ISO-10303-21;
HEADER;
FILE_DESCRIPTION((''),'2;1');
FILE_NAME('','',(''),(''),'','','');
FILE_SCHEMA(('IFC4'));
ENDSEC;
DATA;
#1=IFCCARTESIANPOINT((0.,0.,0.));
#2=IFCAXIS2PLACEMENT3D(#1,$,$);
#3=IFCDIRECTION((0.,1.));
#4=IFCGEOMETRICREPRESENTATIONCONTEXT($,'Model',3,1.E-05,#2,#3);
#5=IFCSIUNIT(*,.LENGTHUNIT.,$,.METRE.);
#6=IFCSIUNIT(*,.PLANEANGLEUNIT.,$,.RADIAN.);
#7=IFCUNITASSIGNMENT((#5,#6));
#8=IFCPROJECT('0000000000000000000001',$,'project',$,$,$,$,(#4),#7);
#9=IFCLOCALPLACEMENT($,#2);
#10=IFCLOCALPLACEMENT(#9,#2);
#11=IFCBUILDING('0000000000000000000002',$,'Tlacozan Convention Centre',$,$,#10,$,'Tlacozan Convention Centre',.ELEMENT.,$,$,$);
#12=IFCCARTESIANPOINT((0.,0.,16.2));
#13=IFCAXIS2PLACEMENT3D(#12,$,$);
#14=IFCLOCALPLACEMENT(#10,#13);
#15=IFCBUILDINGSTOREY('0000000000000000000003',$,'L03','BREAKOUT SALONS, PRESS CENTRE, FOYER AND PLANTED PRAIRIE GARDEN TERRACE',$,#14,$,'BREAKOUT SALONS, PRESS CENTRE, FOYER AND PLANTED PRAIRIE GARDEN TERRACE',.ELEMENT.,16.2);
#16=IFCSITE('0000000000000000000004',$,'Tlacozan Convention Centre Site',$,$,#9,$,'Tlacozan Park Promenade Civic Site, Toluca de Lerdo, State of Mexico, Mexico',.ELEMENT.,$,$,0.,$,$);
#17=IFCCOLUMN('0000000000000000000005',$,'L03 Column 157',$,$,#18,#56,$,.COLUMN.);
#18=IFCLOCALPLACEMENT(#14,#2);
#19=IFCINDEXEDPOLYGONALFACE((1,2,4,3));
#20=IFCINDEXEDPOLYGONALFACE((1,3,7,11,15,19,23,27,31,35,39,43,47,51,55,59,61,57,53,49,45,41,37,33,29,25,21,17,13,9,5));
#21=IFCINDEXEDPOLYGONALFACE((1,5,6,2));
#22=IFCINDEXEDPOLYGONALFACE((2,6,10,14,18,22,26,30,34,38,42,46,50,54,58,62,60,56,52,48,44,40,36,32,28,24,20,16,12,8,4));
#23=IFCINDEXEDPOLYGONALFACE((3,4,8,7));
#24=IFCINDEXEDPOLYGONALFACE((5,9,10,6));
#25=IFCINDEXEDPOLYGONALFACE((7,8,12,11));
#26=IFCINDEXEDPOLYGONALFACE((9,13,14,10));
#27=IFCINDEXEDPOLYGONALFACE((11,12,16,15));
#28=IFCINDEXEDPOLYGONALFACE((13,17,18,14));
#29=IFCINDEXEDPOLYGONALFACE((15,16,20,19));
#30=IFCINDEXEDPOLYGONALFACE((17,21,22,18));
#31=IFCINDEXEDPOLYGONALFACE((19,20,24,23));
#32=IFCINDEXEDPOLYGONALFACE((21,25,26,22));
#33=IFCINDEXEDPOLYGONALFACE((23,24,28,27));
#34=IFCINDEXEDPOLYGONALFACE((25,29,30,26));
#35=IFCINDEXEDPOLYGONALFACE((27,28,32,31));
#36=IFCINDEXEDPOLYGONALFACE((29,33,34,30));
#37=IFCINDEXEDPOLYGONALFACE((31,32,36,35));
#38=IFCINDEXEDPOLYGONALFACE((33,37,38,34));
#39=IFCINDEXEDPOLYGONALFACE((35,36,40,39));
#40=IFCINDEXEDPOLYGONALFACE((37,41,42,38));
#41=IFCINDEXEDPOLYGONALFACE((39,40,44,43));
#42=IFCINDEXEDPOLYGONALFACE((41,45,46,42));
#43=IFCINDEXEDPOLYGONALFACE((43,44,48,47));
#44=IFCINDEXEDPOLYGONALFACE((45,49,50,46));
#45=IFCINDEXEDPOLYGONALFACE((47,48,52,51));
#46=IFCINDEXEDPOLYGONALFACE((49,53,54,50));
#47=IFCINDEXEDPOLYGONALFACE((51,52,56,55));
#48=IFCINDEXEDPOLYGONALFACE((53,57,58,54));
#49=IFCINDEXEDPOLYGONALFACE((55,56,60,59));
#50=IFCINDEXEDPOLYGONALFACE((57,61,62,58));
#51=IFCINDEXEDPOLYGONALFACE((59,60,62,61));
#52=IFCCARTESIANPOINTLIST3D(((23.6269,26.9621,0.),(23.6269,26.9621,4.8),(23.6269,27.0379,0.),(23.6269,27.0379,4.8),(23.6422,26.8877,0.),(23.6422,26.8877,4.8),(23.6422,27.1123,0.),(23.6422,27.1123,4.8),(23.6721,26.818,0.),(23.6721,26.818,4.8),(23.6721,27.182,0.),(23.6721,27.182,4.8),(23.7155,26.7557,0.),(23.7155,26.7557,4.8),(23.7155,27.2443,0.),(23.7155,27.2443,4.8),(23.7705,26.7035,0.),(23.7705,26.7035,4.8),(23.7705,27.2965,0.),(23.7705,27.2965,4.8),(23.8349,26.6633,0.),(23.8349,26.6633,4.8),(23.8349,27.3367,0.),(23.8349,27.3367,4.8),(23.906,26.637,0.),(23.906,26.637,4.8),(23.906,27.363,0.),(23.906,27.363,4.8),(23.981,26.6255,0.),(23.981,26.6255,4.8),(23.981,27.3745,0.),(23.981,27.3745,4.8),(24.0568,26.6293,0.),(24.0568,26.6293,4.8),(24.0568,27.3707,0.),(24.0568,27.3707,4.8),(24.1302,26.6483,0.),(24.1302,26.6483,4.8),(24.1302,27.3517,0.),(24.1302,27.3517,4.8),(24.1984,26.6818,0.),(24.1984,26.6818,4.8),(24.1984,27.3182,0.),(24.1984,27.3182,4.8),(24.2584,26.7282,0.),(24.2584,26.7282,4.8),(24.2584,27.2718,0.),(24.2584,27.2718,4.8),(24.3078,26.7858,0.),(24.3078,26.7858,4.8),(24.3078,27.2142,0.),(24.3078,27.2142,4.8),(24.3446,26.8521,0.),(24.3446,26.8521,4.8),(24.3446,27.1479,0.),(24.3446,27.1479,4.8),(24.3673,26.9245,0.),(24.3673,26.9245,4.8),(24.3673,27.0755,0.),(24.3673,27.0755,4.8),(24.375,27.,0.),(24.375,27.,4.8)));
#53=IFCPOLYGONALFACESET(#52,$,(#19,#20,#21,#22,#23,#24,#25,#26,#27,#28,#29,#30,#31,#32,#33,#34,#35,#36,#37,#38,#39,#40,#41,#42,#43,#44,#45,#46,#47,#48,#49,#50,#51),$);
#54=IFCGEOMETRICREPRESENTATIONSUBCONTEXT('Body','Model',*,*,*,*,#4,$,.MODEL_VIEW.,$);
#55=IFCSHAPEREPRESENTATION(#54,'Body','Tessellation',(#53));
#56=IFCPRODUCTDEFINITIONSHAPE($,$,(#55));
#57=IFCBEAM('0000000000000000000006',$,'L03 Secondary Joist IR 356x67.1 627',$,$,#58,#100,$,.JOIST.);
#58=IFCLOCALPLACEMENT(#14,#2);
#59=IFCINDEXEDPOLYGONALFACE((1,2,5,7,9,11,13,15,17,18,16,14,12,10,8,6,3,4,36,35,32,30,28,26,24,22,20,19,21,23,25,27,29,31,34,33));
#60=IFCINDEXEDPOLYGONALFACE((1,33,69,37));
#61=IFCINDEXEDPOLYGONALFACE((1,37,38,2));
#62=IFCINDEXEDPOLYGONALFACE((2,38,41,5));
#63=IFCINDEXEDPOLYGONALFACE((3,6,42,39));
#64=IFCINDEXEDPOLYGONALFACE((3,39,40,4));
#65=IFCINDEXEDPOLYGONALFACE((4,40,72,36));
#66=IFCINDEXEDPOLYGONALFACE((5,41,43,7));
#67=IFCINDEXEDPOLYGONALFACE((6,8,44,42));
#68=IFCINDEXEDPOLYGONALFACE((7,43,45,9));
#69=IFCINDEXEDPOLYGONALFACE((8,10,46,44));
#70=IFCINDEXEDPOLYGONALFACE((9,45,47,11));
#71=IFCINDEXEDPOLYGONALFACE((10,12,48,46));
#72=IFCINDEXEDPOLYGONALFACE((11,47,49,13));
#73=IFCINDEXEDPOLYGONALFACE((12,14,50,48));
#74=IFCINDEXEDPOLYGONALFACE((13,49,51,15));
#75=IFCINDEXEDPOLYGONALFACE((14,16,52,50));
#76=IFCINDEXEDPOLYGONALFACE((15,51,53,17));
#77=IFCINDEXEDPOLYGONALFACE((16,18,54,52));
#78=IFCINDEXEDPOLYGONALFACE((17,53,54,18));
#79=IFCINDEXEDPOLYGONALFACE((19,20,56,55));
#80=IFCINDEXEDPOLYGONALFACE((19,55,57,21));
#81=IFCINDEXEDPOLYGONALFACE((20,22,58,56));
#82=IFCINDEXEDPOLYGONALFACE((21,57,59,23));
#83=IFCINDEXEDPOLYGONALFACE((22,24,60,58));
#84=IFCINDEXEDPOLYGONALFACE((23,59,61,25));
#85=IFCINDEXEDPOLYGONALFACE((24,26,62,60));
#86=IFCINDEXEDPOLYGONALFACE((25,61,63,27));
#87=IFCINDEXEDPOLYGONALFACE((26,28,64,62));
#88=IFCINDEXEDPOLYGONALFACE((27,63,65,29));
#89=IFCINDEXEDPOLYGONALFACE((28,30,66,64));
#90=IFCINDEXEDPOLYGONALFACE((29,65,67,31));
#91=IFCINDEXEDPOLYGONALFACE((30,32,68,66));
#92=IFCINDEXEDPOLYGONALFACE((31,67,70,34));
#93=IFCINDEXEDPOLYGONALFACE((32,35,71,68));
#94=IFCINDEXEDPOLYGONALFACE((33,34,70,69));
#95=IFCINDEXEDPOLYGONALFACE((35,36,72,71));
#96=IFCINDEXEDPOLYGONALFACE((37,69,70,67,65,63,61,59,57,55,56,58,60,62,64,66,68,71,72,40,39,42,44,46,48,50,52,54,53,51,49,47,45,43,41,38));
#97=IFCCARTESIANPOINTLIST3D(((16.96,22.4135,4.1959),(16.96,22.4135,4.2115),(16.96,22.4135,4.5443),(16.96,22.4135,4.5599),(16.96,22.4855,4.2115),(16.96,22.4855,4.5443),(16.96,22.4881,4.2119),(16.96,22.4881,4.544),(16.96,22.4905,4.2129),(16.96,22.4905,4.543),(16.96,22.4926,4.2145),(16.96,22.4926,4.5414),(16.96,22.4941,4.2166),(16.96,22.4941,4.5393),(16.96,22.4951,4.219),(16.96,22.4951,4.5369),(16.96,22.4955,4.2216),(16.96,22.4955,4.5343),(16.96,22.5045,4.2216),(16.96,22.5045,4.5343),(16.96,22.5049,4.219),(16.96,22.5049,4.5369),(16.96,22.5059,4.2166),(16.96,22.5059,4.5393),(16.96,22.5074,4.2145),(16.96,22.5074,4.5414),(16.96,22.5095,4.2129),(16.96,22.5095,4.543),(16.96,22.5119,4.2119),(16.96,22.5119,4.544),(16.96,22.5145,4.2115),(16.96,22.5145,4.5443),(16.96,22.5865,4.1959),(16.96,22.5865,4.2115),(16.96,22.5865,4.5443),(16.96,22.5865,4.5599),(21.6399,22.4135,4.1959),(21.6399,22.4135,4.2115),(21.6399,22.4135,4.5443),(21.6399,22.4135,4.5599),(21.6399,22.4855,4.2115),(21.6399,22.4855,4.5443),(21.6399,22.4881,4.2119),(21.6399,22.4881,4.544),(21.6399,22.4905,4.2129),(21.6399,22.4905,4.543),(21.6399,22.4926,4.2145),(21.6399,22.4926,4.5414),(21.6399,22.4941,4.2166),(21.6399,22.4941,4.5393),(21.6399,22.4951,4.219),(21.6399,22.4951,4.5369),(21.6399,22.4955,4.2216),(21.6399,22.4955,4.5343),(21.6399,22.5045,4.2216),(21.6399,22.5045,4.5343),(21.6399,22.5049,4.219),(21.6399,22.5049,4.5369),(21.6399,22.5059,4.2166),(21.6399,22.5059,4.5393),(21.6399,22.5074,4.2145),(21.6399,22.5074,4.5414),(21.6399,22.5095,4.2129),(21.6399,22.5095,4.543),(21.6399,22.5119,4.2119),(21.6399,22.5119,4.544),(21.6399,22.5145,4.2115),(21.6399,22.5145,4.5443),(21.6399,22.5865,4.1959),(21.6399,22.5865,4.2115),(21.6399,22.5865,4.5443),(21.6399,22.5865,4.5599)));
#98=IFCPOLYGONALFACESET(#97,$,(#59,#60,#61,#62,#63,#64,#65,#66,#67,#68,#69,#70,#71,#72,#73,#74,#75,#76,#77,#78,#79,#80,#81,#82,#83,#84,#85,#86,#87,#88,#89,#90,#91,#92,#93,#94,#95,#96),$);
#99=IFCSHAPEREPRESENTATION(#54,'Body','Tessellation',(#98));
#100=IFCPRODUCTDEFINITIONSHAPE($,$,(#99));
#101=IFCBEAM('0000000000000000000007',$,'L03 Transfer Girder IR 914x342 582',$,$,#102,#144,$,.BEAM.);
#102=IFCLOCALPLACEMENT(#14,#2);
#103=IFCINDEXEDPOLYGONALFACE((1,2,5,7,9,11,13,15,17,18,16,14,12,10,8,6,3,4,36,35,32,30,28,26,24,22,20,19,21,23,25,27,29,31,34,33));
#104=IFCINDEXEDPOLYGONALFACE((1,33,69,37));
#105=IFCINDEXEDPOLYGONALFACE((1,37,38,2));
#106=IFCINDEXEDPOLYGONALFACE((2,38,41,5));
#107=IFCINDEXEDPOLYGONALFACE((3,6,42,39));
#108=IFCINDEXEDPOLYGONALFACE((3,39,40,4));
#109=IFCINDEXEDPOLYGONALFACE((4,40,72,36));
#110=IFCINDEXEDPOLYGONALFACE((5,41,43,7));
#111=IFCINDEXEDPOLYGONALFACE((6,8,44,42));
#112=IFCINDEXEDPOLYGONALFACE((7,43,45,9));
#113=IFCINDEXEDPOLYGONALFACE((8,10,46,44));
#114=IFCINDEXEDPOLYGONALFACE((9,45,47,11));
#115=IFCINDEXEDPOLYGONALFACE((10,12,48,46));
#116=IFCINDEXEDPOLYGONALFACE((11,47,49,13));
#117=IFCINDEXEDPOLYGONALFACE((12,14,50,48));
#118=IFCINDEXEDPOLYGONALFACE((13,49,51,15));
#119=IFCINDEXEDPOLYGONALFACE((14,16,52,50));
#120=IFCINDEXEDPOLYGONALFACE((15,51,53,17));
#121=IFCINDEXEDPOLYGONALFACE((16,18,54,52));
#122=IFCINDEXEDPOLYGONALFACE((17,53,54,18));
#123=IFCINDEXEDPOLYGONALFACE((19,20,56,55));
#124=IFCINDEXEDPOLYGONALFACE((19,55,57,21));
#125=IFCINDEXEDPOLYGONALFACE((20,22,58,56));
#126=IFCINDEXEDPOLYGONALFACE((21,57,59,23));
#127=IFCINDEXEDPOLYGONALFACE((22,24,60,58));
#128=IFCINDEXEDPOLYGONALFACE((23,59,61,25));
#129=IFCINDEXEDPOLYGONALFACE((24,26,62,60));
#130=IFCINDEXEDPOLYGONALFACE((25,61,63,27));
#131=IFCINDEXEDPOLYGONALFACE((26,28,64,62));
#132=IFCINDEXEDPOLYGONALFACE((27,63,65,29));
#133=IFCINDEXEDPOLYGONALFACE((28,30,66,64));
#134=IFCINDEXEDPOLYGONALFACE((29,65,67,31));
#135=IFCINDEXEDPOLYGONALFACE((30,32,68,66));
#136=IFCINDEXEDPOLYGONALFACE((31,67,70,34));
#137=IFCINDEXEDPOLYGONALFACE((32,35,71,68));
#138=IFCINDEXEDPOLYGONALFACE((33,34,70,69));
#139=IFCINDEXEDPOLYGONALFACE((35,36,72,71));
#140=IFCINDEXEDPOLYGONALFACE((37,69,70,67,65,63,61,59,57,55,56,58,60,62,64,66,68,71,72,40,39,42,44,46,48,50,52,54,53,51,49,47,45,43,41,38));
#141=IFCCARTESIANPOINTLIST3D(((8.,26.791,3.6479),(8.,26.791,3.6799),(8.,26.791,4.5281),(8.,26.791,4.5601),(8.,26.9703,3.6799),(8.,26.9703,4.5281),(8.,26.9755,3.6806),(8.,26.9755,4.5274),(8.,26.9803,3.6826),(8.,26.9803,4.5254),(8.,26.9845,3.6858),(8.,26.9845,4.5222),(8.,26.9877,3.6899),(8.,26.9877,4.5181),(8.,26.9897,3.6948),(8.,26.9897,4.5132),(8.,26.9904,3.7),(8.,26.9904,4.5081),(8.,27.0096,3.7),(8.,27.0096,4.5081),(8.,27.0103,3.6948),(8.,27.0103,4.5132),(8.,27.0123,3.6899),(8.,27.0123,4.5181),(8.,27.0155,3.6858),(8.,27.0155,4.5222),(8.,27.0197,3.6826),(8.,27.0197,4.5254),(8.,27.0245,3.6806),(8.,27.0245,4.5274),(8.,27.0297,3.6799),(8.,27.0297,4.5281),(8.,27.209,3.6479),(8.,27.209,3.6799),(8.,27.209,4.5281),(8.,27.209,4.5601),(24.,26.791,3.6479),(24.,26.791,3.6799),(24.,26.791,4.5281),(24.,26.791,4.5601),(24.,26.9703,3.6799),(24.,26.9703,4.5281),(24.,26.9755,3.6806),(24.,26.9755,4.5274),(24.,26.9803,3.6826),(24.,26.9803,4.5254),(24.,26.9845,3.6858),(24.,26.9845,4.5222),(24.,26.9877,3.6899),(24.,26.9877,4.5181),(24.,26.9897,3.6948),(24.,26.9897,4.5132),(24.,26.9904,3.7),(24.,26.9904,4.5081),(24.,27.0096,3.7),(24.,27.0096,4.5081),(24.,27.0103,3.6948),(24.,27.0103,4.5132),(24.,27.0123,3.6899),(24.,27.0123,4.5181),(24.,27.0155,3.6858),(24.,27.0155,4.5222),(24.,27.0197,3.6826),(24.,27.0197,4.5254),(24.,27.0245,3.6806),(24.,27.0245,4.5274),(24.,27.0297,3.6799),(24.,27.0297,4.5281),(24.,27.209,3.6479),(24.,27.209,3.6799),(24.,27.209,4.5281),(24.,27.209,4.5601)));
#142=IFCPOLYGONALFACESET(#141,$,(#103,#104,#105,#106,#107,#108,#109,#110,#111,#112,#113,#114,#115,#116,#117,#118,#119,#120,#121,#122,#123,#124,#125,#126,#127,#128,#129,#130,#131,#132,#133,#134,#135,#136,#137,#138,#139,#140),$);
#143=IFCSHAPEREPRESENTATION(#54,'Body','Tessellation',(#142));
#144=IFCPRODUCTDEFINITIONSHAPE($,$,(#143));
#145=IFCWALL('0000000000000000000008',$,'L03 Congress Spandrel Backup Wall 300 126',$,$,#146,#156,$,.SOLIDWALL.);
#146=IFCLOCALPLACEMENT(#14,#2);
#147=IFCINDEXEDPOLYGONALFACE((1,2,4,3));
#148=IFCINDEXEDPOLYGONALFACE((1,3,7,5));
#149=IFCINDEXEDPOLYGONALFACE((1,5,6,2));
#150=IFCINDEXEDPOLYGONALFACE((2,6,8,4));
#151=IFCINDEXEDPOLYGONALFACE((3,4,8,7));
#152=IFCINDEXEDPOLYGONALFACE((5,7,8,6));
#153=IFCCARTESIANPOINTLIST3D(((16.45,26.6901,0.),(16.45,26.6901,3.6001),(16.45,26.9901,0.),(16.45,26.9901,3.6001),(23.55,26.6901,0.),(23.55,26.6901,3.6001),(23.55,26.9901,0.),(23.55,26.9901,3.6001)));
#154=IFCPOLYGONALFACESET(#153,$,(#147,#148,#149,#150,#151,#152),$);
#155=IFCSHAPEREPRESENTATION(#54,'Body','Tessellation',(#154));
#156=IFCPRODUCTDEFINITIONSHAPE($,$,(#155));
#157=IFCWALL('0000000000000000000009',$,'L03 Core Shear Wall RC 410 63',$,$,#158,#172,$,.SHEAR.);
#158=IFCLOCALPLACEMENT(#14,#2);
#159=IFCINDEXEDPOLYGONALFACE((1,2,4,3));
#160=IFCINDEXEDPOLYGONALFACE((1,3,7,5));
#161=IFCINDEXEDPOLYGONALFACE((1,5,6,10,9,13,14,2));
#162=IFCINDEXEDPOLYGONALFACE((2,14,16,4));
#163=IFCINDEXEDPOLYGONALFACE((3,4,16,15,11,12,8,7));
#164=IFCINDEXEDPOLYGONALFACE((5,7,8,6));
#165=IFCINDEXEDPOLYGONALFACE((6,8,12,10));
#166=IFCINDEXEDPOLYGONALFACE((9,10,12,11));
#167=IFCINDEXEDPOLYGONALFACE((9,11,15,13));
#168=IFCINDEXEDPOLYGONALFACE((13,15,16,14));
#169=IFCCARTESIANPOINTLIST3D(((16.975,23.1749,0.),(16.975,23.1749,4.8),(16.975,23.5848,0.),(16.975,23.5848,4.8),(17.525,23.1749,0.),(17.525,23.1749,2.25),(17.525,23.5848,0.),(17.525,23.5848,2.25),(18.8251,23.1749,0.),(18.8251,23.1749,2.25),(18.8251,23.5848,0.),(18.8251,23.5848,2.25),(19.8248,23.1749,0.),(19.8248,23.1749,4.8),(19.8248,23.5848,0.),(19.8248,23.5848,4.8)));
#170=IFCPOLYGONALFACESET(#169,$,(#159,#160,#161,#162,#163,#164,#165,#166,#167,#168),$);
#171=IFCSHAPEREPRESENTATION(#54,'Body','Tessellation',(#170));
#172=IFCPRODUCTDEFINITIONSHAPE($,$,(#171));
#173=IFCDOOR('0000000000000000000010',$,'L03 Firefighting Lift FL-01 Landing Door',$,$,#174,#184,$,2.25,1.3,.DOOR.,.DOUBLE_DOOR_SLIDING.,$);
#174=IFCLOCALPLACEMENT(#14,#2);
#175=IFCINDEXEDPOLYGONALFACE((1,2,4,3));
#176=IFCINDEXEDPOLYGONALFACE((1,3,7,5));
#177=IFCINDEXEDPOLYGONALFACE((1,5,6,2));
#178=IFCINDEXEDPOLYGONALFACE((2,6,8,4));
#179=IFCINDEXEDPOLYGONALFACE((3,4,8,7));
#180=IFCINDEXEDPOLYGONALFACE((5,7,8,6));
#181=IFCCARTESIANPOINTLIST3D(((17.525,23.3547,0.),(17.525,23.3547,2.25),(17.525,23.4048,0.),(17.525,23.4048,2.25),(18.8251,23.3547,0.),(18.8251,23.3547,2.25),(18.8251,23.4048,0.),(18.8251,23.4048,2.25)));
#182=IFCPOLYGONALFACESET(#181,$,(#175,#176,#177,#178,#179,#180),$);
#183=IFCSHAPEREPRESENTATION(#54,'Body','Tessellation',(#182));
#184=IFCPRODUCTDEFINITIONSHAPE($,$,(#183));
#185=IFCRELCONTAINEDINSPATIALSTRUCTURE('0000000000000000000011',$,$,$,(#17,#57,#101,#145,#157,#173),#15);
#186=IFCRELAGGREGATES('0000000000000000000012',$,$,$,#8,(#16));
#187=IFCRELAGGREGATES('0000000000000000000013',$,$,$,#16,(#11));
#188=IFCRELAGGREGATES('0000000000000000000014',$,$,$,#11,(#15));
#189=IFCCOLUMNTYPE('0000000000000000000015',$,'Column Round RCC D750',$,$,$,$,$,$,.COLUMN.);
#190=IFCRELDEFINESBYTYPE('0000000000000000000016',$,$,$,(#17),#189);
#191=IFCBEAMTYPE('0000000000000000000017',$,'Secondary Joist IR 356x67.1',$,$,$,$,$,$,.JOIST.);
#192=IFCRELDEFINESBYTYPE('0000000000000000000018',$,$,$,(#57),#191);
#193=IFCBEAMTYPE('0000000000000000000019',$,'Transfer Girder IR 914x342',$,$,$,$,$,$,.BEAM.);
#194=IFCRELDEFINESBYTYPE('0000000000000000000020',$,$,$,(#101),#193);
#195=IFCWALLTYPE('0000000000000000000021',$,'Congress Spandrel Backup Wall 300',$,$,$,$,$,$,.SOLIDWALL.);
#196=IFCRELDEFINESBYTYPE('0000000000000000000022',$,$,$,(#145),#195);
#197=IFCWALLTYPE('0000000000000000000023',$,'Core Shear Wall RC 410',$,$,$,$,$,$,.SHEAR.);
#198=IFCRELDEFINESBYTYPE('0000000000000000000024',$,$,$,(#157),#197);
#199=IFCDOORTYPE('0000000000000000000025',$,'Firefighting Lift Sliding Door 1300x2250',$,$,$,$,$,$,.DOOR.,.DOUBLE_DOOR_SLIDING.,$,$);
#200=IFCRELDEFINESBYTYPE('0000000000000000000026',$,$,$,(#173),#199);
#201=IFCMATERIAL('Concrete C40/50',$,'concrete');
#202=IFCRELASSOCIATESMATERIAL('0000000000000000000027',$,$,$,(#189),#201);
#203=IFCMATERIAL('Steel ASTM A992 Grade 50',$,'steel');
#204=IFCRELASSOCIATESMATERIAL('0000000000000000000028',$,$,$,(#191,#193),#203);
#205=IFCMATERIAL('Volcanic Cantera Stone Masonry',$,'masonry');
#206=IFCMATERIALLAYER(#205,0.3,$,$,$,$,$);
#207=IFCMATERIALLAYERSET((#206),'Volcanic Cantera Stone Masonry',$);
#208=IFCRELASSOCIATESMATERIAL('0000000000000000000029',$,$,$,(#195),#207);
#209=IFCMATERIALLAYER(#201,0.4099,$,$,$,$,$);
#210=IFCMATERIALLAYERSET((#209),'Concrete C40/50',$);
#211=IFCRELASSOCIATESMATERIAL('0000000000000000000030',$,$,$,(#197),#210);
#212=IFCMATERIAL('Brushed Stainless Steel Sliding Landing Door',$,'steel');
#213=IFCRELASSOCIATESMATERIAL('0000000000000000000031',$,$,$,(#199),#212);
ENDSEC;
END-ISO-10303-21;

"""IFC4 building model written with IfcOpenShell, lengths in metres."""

from ifc_helpers import new_model, si_unit, direction, frame, frame_2d, origin, origin_2d, place, context, subcontext, project, spatial, rectangle, circle, i_section, extrude, material, layer, layer_set, material_profile, profile_set, type_object, element, fill, save


model = new_model("IFC4")

# Units and contexts
model_context = context("Model", 3, precision=1e-05, world=origin(), true_north=direction((0.0, 1.0)))
body_context = subcontext(model_context, "Body", "Model", "MODEL_VIEW")
ifc_project = project(units=[si_unit("LENGTHUNIT", "METRE"), si_unit("PLANEANGLEUNIT", "RADIAN")], contexts=[model_context])

# Site, building, storey
site_placement = place(None, origin())
site = spatial("IfcSite", under=ifc_project, at=site_placement, Name="Tlacozan Convention Centre Site", LongName="Tlacozan Park Promenade Civic Site, Toluca de Lerdo, State of Mexico, Mexico", CompositionType="ELEMENT", RefElevation=0.0)
building_placement = place(site_placement, origin())
building = spatial("IfcBuilding", under=site, at=building_placement, Name="Tlacozan Convention Centre", LongName="Tlacozan Convention Centre", CompositionType="ELEMENT")
storey_placement = place(building_placement, frame((0.0, 0.0, 16.2)))
storey = spatial("IfcBuildingStorey", under=building, at=storey_placement, Name="L03", Description="BREAKOUT SALONS, PRESS CENTRE, FOYER AND PLANTED PRAIRIE GARDEN TERRACE", LongName="BREAKOUT SALONS, PRESS CENTRE, FOYER AND PLANTED PRAIRIE GARDEN TERRACE", CompositionType="ELEMENT", Elevation=16.2)

# Column
ifc_material_1 = material(Name="Concrete C40/50", Category="concrete")
ifc_material_profile_1 = material_profile(ifc_material_1, circle(Radius=0.375, at=origin_2d()), Name="RCC D750")
ifc_profile_set_1 = profile_set([ifc_material_profile_1], Name="Concrete C40/50")
column_type = type_object("IfcColumnType", Name="Column Round RCC D750", PredefinedType="COLUMN", material=ifc_profile_set_1)
column_placement = place(storey_placement, frame((24.0, 27.0, 0.0), z_axis=(0.0, 0.0, 1.0), x_axis=(1.0, 0.0, 0.0)))
element("IfcColumn", 1, at=column_placement, inside=storey, type_object=column_type, Name="L03 Column 157", PredefinedType="COLUMN", context=body_context, shape_type="SweptSolid", body=[
    extrude(circle(Radius=0.375, at=origin_2d()), origin(), (0.0, 0.0, 1.0), 4.8),
])

# Beams
ifc_material_2 = material(Name="Steel ASTM A992 Grade 50", Category="steel")
ifc_material_profile_2 = material_profile(ifc_material_2, i_section(OverallWidth=0.1731, OverallDepth=0.364, WebThickness=0.009, FlangeThickness=0.0156, FilletRadius=0.01, at=origin_2d()), Name="IR 356x67.1")
ifc_profile_set_2 = profile_set([ifc_material_profile_2], Name="Steel ASTM A992 Grade 50")
beam_type_1 = type_object("IfcBeamType", Name="Secondary Joist IR 356x67.1", PredefinedType="JOIST", material=ifc_profile_set_2)
beam_1_placement = place(storey_placement, frame((16.96, 22.5, 4.3779), z_axis=(1.0, 0.0, 0.0), x_axis=(0.0, 1.0, 0.0)))
element("IfcBeam", 2, at=beam_1_placement, inside=storey, type_object=beam_type_1, Name="L03 Secondary Joist IR 356x67.1 627", PredefinedType="JOIST", context=body_context, shape_type="SweptSolid", body=[
    extrude(i_section(OverallWidth=0.1731, OverallDepth=0.364, WebThickness=0.009, FlangeThickness=0.0156, FilletRadius=0.01, at=origin_2d()), origin(), (0.0, 0.0, 1.0), 4.6799),
])
ifc_material_profile_3 = material_profile(ifc_material_2, i_section(OverallWidth=0.418, OverallDepth=0.9121, WebThickness=0.0193, FlangeThickness=0.032, FilletRadius=0.02, at=origin_2d()), Name="IR 914x342.0")
ifc_profile_set_3 = profile_set([ifc_material_profile_3], Name="Steel ASTM A992 Grade 50")
beam_type_2 = type_object("IfcBeamType", Name="Transfer Girder IR 914x342", PredefinedType="BEAM", material=ifc_profile_set_3)
beam_2_placement = place(storey_placement, frame((24.0, 27.0, 4.104), z_axis=(-1.0, 0.0, 0.0), x_axis=(0.0, -1.0, 0.0)))
element("IfcBeam", 3, at=beam_2_placement, inside=storey, type_object=beam_type_2, Name="L03 Transfer Girder IR 914x342 582", PredefinedType="BEAM", context=body_context, shape_type="SweptSolid", body=[
    extrude(i_section(OverallWidth=0.418, OverallDepth=0.9121, WebThickness=0.0193, FlangeThickness=0.032, FilletRadius=0.02, at=origin_2d()), origin(), (0.0, 0.0, 1.0), 16.0),
])

# Wall
ifc_material_3 = material(Name="Volcanic Cantera Stone Masonry", Category="masonry")
ifc_layer_1 = layer(ifc_material_3, 0.3)
ifc_layer_set_1 = layer_set([ifc_layer_1], Name="Volcanic Cantera Stone Masonry")
wall_type_1 = type_object("IfcWallType", Name="Congress Spandrel Backup Wall 300", PredefinedType="SOLIDWALL", material=ifc_layer_set_1)
wall_1_placement = place(storey_placement, frame((16.45, 26.8401, 0.0), z_axis=(0.0, 0.0, 1.0), x_axis=(1.0, 0.0, 0.0)))
element("IfcWall", 4, at=wall_1_placement, inside=storey, type_object=wall_type_1, Name="L03 Congress Spandrel Backup Wall 300 126", PredefinedType="SOLIDWALL", context=body_context, shape_type="SweptSolid", body=[
    extrude(rectangle(XDim=7.1001, YDim=0.3, at=frame_2d((3.55, 0.0))), origin(), (0.0, 0.0, 1.0), 3.6001),
])

# Wall, opening, door
ifc_layer_2 = layer(ifc_material_1, 0.4099)
ifc_layer_set_2 = layer_set([ifc_layer_2], Name="Concrete C40/50")
wall_type_2 = type_object("IfcWallType", Name="Core Shear Wall RC 410", PredefinedType="SHEAR", material=ifc_layer_set_2)
wall_2_placement = place(storey_placement, frame((16.9751, 23.3799, 0.0), z_axis=(0.0, 0.0, 1.0), x_axis=(1.0, 0.0, 0.0)))
wall_2 = element("IfcWall", 5, at=wall_2_placement, inside=storey, type_object=wall_type_2, Name="L03 Core Shear Wall RC 410 63", PredefinedType="SHEAR", context=body_context, shape_type="SweptSolid", body=[
    extrude(rectangle(XDim=2.8499, YDim=0.4099, at=frame_2d((1.4248, 0.0))), origin(), (0.0, 0.0, 1.0), 4.8),
])
opening_1_placement = place(wall_2_placement, frame((0.55, 0.0, 0.0)))
opening_1 = element("IfcOpeningElement", 6, at=opening_1_placement, cuts=wall_2, PredefinedType="OPENING", context=body_context, shape_type="SweptSolid", body=[
    extrude(rectangle(XDim=1.3, YDim=2.25, at=frame_2d((0.6499, 1.125))), frame((0.0, 0.2148, 0.0), z_axis=(0.0, -1.0, 0.0), x_axis=(1.0, 0.0, 0.0)), (0.0, 0.0, 1.0), 0.4299),
])
ifc_material_4 = material(Name="Brushed Stainless Steel Sliding Landing Door", Category="steel")
door_type_1 = type_object("IfcDoorType", Name="Firefighting Lift Sliding Door 1300x2250", OperationType="DOUBLE_DOOR_SLIDING", PredefinedType="DOOR", material=ifc_material_4)
door_1_placement = place(opening_1_placement, origin())
door_1 = element("IfcDoor", 7, at=door_1_placement, inside=storey, type_object=door_type_1, Name="L03 Firefighting Lift FL-01 Landing Door", OperationType="DOUBLE_DOOR_SLIDING", OverallHeight=2.25, OverallWidth=1.3, PredefinedType="DOOR", context=body_context, shape_type="SweptSolid", body=[
    extrude(rectangle(XDim=1.3, YDim=2.25, at=frame_2d((0.6499, 1.125))), frame((0.0, 0.0249, 0.0), z_axis=(0.0, -1.0, 0.0), x_axis=(1.0, 0.0, 0.0)), (0.0, 0.0, 1.0), 0.05),
])
fill(opening_1, door_1)

save(model, "model.ifc")
